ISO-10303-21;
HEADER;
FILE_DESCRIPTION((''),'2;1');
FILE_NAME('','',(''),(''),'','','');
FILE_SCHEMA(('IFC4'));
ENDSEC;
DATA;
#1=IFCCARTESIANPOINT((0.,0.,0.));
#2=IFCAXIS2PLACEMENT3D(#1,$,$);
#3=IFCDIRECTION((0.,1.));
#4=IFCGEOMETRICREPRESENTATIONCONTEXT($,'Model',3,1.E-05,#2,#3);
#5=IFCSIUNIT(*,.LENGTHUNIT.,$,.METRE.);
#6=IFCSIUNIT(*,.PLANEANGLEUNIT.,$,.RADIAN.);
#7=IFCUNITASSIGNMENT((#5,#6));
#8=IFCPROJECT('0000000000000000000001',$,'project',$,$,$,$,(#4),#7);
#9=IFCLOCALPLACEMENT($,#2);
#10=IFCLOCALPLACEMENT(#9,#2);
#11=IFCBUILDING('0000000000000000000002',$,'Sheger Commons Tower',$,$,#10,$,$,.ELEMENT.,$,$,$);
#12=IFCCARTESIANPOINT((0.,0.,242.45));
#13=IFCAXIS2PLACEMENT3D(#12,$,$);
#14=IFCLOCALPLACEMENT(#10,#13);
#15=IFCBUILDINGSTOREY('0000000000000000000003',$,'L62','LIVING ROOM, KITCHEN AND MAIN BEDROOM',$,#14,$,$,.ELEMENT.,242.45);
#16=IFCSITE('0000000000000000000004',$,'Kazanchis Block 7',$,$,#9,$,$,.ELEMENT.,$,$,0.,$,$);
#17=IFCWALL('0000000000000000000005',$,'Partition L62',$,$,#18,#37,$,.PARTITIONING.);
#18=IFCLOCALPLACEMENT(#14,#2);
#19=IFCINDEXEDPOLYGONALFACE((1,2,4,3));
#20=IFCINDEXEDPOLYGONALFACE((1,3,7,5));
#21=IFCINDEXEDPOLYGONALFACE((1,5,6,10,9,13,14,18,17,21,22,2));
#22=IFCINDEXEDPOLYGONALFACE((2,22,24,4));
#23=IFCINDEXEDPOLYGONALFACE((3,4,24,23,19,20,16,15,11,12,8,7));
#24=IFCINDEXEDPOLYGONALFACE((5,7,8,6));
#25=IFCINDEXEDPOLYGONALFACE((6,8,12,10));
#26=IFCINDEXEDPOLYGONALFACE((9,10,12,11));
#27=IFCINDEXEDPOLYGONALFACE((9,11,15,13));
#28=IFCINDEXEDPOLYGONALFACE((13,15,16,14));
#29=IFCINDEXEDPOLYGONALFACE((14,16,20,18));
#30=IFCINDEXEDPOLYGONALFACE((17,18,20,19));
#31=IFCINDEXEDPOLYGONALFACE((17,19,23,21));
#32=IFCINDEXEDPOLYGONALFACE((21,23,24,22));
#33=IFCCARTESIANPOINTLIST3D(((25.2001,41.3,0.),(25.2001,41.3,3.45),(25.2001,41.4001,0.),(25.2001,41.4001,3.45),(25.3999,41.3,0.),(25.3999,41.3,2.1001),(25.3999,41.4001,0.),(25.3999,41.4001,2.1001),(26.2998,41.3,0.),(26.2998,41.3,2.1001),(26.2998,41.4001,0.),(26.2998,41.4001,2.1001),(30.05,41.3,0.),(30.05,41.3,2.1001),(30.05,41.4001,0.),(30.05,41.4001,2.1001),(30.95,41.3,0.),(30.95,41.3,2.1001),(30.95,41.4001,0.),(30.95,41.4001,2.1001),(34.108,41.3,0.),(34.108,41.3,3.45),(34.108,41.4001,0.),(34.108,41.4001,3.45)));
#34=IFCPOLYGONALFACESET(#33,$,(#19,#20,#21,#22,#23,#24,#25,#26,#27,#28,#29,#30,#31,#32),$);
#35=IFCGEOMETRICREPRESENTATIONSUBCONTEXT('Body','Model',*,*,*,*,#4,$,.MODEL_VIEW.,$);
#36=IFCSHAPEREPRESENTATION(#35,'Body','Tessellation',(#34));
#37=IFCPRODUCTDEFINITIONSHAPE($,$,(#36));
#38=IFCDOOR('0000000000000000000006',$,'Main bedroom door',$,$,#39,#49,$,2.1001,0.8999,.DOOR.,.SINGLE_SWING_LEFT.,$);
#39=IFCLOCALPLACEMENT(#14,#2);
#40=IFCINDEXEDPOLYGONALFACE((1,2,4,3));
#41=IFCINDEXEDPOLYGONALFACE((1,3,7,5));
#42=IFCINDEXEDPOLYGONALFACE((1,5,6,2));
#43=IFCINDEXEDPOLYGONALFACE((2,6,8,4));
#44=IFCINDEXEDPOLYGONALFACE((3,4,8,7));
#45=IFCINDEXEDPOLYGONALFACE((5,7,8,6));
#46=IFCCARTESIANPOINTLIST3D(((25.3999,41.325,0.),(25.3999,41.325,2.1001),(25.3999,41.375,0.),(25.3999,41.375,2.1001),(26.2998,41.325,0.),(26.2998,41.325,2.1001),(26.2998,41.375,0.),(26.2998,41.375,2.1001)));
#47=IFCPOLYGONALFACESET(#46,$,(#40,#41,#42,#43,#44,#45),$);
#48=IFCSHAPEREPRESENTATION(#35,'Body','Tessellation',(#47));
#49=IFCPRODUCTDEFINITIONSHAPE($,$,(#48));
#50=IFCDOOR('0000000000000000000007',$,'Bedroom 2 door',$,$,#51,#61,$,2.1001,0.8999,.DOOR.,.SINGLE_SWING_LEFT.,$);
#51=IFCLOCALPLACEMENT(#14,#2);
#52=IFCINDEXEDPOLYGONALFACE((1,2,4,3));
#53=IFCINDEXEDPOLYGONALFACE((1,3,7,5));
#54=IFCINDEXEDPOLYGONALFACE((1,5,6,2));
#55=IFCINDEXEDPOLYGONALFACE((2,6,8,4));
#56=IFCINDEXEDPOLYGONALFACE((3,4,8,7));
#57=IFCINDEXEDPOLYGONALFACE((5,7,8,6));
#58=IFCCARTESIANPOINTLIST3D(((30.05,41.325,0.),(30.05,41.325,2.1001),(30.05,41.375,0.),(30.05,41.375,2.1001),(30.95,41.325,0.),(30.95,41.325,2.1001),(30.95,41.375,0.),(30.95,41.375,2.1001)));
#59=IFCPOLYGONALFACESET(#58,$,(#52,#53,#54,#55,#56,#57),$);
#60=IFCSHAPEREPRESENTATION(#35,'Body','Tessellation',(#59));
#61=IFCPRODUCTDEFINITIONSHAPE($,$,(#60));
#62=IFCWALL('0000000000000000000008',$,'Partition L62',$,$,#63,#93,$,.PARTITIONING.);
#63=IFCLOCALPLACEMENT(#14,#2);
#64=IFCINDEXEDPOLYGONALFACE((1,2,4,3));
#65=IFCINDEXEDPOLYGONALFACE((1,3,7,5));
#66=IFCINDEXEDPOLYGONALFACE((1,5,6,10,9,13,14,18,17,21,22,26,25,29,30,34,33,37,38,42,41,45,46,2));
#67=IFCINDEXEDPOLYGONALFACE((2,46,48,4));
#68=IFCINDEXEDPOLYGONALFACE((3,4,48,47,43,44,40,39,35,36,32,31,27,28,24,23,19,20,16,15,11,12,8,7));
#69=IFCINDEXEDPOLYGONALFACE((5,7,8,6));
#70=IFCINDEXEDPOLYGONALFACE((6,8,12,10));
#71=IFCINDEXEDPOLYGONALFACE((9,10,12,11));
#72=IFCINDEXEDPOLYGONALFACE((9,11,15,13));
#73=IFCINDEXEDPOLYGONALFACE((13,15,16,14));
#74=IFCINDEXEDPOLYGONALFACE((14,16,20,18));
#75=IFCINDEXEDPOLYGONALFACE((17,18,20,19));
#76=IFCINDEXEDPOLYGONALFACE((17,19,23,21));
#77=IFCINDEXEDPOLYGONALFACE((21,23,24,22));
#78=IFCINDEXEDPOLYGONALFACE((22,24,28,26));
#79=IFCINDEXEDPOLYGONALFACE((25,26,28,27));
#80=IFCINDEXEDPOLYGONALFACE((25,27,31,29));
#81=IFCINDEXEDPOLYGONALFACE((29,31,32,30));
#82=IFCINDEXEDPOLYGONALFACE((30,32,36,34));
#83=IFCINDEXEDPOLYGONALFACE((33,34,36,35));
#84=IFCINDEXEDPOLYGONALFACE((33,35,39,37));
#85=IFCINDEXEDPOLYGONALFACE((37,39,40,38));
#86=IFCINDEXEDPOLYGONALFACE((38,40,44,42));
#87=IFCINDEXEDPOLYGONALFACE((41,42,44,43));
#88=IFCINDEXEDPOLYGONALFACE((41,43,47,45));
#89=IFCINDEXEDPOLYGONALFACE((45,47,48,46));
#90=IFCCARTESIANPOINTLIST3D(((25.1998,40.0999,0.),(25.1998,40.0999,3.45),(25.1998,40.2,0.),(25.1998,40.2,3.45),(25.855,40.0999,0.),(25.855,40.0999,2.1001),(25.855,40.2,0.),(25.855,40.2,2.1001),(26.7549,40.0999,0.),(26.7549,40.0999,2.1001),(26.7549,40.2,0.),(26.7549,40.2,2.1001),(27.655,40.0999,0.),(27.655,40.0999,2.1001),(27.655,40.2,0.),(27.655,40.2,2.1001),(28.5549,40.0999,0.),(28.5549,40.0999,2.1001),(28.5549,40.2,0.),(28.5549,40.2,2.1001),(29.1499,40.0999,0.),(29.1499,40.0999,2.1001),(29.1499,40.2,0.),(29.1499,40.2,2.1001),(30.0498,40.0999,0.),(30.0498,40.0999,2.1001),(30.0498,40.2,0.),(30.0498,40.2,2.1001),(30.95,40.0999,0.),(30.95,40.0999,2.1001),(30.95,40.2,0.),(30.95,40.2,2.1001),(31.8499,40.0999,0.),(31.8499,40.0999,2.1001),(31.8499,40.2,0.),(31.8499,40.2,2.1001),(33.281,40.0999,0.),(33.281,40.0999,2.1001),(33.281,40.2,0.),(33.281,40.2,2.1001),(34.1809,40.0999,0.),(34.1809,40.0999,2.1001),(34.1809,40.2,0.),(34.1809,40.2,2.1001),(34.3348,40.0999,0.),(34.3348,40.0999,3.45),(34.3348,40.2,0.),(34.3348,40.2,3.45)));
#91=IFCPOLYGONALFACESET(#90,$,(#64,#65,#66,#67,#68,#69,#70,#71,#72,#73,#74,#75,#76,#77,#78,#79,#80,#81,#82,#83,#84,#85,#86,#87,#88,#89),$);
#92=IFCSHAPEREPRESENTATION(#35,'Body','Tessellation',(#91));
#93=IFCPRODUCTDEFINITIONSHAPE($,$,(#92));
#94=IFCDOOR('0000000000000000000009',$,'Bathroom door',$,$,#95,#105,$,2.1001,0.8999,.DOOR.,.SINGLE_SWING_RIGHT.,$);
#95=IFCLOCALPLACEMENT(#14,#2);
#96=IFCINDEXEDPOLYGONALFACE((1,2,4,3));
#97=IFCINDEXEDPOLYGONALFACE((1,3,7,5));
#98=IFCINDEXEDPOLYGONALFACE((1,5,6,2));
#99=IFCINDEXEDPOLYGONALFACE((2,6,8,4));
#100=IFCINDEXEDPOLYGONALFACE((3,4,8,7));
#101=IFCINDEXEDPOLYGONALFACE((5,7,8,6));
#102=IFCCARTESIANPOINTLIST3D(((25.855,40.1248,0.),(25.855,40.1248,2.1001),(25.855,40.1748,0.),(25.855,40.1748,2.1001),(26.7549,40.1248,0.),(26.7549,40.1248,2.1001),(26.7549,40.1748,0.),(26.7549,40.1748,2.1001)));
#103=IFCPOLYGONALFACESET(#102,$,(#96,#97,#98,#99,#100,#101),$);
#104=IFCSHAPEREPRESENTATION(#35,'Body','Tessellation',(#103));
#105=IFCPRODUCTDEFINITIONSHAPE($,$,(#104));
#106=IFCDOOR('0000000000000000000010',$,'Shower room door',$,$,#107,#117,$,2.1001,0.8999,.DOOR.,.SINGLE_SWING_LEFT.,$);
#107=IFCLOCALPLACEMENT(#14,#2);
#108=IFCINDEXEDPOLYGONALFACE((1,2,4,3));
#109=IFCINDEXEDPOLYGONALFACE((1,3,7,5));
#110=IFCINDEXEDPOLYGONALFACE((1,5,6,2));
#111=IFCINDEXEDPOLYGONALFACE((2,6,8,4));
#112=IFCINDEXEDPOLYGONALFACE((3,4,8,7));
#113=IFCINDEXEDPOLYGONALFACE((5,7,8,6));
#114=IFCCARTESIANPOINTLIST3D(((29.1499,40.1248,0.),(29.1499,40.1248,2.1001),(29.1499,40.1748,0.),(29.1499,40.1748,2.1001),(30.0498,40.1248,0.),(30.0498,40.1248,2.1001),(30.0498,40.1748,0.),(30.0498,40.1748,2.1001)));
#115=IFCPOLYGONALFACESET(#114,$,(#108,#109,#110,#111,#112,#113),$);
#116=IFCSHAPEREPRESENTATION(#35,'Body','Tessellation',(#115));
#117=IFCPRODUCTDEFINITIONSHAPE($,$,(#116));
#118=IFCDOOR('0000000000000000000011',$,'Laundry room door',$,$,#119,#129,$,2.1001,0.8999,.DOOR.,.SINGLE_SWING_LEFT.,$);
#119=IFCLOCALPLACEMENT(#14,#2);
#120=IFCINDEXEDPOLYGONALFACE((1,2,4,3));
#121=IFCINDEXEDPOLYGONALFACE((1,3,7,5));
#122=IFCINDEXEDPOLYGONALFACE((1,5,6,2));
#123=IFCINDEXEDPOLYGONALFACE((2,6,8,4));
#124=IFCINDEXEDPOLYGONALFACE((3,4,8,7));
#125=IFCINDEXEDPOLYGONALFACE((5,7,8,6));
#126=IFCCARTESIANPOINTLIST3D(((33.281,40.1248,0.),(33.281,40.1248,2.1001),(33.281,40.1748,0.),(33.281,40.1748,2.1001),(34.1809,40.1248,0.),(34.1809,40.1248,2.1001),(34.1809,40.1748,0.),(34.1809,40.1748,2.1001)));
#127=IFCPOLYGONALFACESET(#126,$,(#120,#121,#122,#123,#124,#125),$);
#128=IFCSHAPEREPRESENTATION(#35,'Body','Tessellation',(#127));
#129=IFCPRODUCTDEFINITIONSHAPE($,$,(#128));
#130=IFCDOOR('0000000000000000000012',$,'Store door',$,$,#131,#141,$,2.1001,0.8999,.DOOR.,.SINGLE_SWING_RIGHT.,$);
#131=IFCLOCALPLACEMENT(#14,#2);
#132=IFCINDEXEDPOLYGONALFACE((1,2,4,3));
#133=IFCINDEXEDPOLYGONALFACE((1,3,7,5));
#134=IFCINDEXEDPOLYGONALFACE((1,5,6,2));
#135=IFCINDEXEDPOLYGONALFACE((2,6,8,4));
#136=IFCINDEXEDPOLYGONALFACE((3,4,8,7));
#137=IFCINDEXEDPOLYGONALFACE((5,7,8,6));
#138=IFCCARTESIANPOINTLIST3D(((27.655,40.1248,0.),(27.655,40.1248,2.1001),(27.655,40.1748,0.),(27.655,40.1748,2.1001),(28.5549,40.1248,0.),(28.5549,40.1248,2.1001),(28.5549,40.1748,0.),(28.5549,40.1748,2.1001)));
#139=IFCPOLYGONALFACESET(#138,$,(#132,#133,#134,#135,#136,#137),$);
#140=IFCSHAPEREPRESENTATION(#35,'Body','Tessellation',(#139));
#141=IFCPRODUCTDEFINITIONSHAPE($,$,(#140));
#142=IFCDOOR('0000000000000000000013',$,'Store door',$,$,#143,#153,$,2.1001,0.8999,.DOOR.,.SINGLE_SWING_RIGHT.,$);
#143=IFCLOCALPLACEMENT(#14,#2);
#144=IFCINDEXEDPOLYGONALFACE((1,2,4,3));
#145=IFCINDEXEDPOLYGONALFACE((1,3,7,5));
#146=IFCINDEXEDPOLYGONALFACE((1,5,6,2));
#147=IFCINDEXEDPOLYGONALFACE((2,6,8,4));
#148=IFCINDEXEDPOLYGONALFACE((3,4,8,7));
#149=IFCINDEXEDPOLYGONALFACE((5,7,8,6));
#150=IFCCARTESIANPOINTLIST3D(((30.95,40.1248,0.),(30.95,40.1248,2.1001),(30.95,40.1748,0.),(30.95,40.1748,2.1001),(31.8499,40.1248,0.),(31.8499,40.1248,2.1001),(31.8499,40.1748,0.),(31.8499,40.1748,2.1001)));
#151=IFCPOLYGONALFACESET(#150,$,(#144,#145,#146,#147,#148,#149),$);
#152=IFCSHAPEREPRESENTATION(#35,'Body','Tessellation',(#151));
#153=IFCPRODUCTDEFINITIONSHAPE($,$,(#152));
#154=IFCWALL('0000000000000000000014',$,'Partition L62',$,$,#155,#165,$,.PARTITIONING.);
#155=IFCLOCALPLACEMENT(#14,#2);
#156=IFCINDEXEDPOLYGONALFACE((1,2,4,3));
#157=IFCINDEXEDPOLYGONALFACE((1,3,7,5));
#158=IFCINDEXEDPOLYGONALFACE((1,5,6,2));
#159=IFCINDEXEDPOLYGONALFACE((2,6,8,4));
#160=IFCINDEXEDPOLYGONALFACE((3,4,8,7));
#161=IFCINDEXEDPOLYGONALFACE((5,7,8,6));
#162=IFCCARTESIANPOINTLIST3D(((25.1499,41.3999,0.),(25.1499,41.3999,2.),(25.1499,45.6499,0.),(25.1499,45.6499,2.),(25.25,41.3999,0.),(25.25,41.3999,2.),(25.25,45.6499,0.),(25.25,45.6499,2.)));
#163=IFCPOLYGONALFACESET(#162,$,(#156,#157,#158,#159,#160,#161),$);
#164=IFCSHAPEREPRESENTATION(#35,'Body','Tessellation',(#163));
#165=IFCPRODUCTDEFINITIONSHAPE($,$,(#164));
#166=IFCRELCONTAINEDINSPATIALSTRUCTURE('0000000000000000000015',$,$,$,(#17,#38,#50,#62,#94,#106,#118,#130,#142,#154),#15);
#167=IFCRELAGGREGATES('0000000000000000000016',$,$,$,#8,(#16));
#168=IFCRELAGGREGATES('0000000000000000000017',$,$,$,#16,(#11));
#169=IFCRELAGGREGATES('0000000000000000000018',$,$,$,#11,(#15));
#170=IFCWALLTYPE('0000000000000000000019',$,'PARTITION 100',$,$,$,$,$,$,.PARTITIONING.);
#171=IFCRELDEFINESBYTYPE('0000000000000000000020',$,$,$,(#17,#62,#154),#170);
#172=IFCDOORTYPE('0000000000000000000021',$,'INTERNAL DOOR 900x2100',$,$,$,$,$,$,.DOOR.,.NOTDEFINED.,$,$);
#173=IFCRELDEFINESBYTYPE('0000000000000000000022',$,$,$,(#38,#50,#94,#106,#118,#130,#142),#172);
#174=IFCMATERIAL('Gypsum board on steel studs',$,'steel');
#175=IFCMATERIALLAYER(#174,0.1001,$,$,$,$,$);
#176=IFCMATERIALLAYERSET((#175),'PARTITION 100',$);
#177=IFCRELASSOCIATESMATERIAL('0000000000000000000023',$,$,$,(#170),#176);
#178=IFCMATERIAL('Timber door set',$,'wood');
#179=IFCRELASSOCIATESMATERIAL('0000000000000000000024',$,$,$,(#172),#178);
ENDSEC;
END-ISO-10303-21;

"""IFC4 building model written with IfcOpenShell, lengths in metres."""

from ifc_helpers import new_model, si_unit, direction, frame, frame_2d, origin, place, context, subcontext, project, spatial, rectangle, extrude, material, layer, layer_set, type_object, element, fill, save


model = new_model("IFC4")

# Units and contexts
model_context = context("Model", 3, precision=1e-05, world=origin(), true_north=direction((0.0, 1.0)))
body_context = subcontext(model_context, "Body", "Model", "MODEL_VIEW")
ifc_project = project(units=[si_unit("LENGTHUNIT", "METRE"), si_unit("PLANEANGLEUNIT", "RADIAN")], contexts=[model_context])

# Site, building, storey
site_placement = place(None, origin())
site = spatial("IfcSite", under=ifc_project, at=site_placement, Name="Kazanchis Block 7", CompositionType="ELEMENT", RefElevation=0.0)
building_placement = place(site_placement, origin())
building = spatial("IfcBuilding", under=site, at=building_placement, Name="Sheger Commons Tower", CompositionType="ELEMENT")
storey_placement = place(building_placement, frame((0.0, 0.0, 242.45)))
storey = spatial("IfcBuildingStorey", under=building, at=storey_placement, Name="L62", Description="LIVING ROOM, KITCHEN AND MAIN BEDROOM", CompositionType="ELEMENT", Elevation=242.45)

# Walls, openings, doors
ifc_material_1 = material(Name="Gypsum board on steel studs", Category="steel")
ifc_layer_1 = layer(ifc_material_1, 0.1001)
ifc_layer_set_1 = layer_set([ifc_layer_1], Name="PARTITION 100")
wall_type_1 = type_object("IfcWallType", Name="PARTITION 100", PredefinedType="PARTITIONING", material=ifc_layer_set_1)
wall_1_placement = place(storey_placement, frame((25.2, 41.3501, 0.0), z_axis=(0.0, 0.0, 1.0), x_axis=(1.0, 0.0, 0.0)))
wall_1 = element("IfcWall", 1, at=wall_1_placement, inside=storey, type_object=wall_type_1, Name="Partition L62", PredefinedType="PARTITIONING", context=body_context, shape_type="SweptSolid", body=[
    extrude(rectangle(XDim=8.908, YDim=0.1001, at=frame_2d((4.4541, 0.0))), origin(), (0.0, 0.0, 1.0), 3.45),
])
opening_1_placement = place(wall_1_placement, frame((0.2, 0.0, 0.0)))
opening_1 = element("IfcOpeningElement", 2, at=opening_1_placement, cuts=wall_1, PredefinedType="OPENING", context=body_context, shape_type="SweptSolid", body=[
    extrude(rectangle(XDim=0.8999, YDim=2.1001, at=frame_2d((0.45, 1.05))), frame((0.0, 0.0601, 0.0), z_axis=(0.0, -1.0, 0.0), x_axis=(1.0, 0.0, 0.0)), (0.0, 0.0, 1.0), 0.1201),
])
opening_2_placement = place(wall_1_placement, frame((4.8501, 0.0, 0.0)))
opening_2 = element("IfcOpeningElement", 3, at=opening_2_placement, cuts=wall_1, PredefinedType="OPENING", context=body_context, shape_type="SweptSolid", body=[
    extrude(rectangle(XDim=0.8999, YDim=2.1001, at=frame_2d((0.45, 1.05))), frame((0.0, 0.0601, 0.0), z_axis=(0.0, -1.0, 0.0), x_axis=(1.0, 0.0, 0.0)), (0.0, 0.0, 1.0), 0.1201),
])
ifc_material_2 = material(Name="Timber door set", Category="wood")
door_type_1 = type_object("IfcDoorType", Name="INTERNAL DOOR 900x2100", OperationType="NOTDEFINED", PredefinedType="DOOR", material=ifc_material_2)
door_1_placement = place(opening_1_placement, origin())
door_1 = element("IfcDoor", 4, at=door_1_placement, inside=storey, type_object=door_type_1, Name="Main bedroom door", OperationType="SINGLE_SWING_LEFT", OverallHeight=2.1001, OverallWidth=0.8999, PredefinedType="DOOR", context=body_context, shape_type="SweptSolid", body=[
    extrude(rectangle(XDim=0.8999, YDim=2.1001, at=frame_2d((0.45, 1.05))), frame((0.0, 0.0249, 0.0), z_axis=(0.0, -1.0, 0.0), x_axis=(1.0, 0.0, 0.0)), (0.0, 0.0, 1.0), 0.05),
])
fill(opening_1, door_1)
door_2_placement = place(opening_2_placement, origin())
door_2 = element("IfcDoor", 5, at=door_2_placement, inside=storey, type_object=door_type_1, Name="Bedroom 2 door", OperationType="SINGLE_SWING_LEFT", OverallHeight=2.1001, OverallWidth=0.8999, PredefinedType="DOOR", context=body_context, shape_type="SweptSolid", body=[
    extrude(rectangle(XDim=0.8999, YDim=2.1001, at=frame_2d((0.45, 1.05))), frame((0.0, 0.0249, 0.0), z_axis=(0.0, -1.0, 0.0), x_axis=(1.0, 0.0, 0.0)), (0.0, 0.0, 1.0), 0.05),
])
fill(opening_2, door_2)
wall_2_placement = place(storey_placement, frame((25.2, 40.1499, 0.0), z_axis=(0.0, 0.0, 1.0), x_axis=(1.0, 0.0, 0.0)))
wall_2 = element("IfcWall", 6, at=wall_2_placement, inside=storey, type_object=wall_type_1, Name="Partition L62", PredefinedType="PARTITIONING", context=body_context, shape_type="SweptSolid", body=[
    extrude(rectangle(XDim=9.135, YDim=0.1001, at=frame_2d((4.5674, 0.0))), origin(), (0.0, 0.0, 1.0), 3.45),
])
opening_3_placement = place(wall_2_placement, frame((0.655, 0.0, 0.0)))
opening_3 = element("IfcOpeningElement", 7, at=opening_3_placement, cuts=wall_2, PredefinedType="OPENING", context=body_context, shape_type="SweptSolid", body=[
    extrude(rectangle(XDim=0.8999, YDim=2.1001, at=frame_2d((0.45, 1.05))), frame((0.0, 0.0601, 0.0), z_axis=(0.0, -1.0, 0.0), x_axis=(1.0, 0.0, 0.0)), (0.0, 0.0, 1.0), 0.1201),
])
opening_4_placement = place(wall_2_placement, frame((3.95, 0.0, 0.0)))
opening_4 = element("IfcOpeningElement", 8, at=opening_4_placement, cuts=wall_2, PredefinedType="OPENING", context=body_context, shape_type="SweptSolid", body=[
    extrude(rectangle(XDim=0.8999, YDim=2.1001, at=frame_2d((0.45, 1.05))), frame((0.0, 0.0601, 0.0), z_axis=(0.0, -1.0, 0.0), x_axis=(1.0, 0.0, 0.0)), (0.0, 0.0, 1.0), 0.1201),
])
opening_5_placement = place(wall_2_placement, frame((8.0811, 0.0, 0.0)))
opening_5 = element("IfcOpeningElement", 9, at=opening_5_placement, cuts=wall_2, PredefinedType="OPENING", context=body_context, shape_type="SweptSolid", body=[
    extrude(rectangle(XDim=0.8999, YDim=2.1001, at=frame_2d((0.45, 1.05))), frame((0.0, 0.0601, 0.0), z_axis=(0.0, -1.0, 0.0), x_axis=(1.0, 0.0, 0.0)), (0.0, 0.0, 1.0), 0.1201),
])
opening_6_placement = place(wall_2_placement, frame((2.4551, 0.0, 0.0)))
opening_6 = element("IfcOpeningElement", 10, at=opening_6_placement, cuts=wall_2, PredefinedType="OPENING", context=body_context, shape_type="SweptSolid", body=[
    extrude(rectangle(XDim=0.8999, YDim=2.1001, at=frame_2d((0.45, 1.05))), frame((0.0, 0.0601, 0.0), z_axis=(0.0, -1.0, 0.0), x_axis=(1.0, 0.0, 0.0)), (0.0, 0.0, 1.0), 0.1201),
])
opening_7_placement = place(wall_2_placement, frame((5.75, 0.0, 0.0)))
opening_7 = element("IfcOpeningElement", 11, at=opening_7_placement, cuts=wall_2, PredefinedType="OPENING", context=body_context, shape_type="SweptSolid", body=[
    extrude(rectangle(XDim=0.8999, YDim=2.1001, at=frame_2d((0.45, 1.05))), frame((0.0, 0.0601, 0.0), z_axis=(0.0, -1.0, 0.0), x_axis=(1.0, 0.0, 0.0)), (0.0, 0.0, 1.0), 0.1201),
])
door_3_placement = place(opening_3_placement, origin())
door_3 = element("IfcDoor", 12, at=door_3_placement, inside=storey, type_object=door_type_1, Name="Bathroom door", OperationType="SINGLE_SWING_RIGHT", OverallHeight=2.1001, OverallWidth=0.8999, PredefinedType="DOOR", context=body_context, shape_type="SweptSolid", body=[
    extrude(rectangle(XDim=0.8999, YDim=2.1001, at=frame_2d((0.45, 1.05))), frame((0.0, 0.0249, 0.0), z_axis=(0.0, -1.0, 0.0), x_axis=(1.0, 0.0, 0.0)), (0.0, 0.0, 1.0), 0.05),
])
fill(opening_3, door_3)
door_4_placement = place(opening_4_placement, origin())
door_4 = element("IfcDoor", 13, at=door_4_placement, inside=storey, type_object=door_type_1, Name="Shower room door", OperationType="SINGLE_SWING_LEFT", OverallHeight=2.1001, OverallWidth=0.8999, PredefinedType="DOOR", context=body_context, shape_type="SweptSolid", body=[
    extrude(rectangle(XDim=0.8999, YDim=2.1001, at=frame_2d((0.45, 1.05))), frame((0.0, 0.0249, 0.0), z_axis=(0.0, -1.0, 0.0), x_axis=(1.0, 0.0, 0.0)), (0.0, 0.0, 1.0), 0.05),
])
fill(opening_4, door_4)
door_5_placement = place(opening_5_placement, origin())
door_5 = element("IfcDoor", 14, at=door_5_placement, inside=storey, type_object=door_type_1, Name="Laundry room door", OperationType="SINGLE_SWING_LEFT", OverallHeight=2.1001, OverallWidth=0.8999, PredefinedType="DOOR", context=body_context, shape_type="SweptSolid", body=[
    extrude(rectangle(XDim=0.8999, YDim=2.1001, at=frame_2d((0.45, 1.05))), frame((0.0, 0.0249, 0.0), z_axis=(0.0, -1.0, 0.0), x_axis=(1.0, 0.0, 0.0)), (0.0, 0.0, 1.0), 0.05),
])
fill(opening_5, door_5)
door_6_placement = place(opening_6_placement, origin())
door_6 = element("IfcDoor", 15, at=door_6_placement, inside=storey, type_object=door_type_1, Name="Store door", OperationType="SINGLE_SWING_RIGHT", OverallHeight=2.1001, OverallWidth=0.8999, PredefinedType="DOOR", context=body_context, shape_type="SweptSolid", body=[
    extrude(rectangle(XDim=0.8999, YDim=2.1001, at=frame_2d((0.45, 1.05))), frame((0.0, 0.0249, 0.0), z_axis=(0.0, -1.0, 0.0), x_axis=(1.0, 0.0, 0.0)), (0.0, 0.0, 1.0), 0.05),
])
fill(opening_6, door_6)
door_7_placement = place(opening_7_placement, origin())
door_7 = element("IfcDoor", 16, at=door_7_placement, inside=storey, type_object=door_type_1, Name="Store door", OperationType="SINGLE_SWING_RIGHT", OverallHeight=2.1001, OverallWidth=0.8999, PredefinedType="DOOR", context=body_context, shape_type="SweptSolid", body=[
    extrude(rectangle(XDim=0.8999, YDim=2.1001, at=frame_2d((0.45, 1.05))), frame((0.0, 0.0249, 0.0), z_axis=(0.0, -1.0, 0.0), x_axis=(1.0, 0.0, 0.0)), (0.0, 0.0, 1.0), 0.05),
])
fill(opening_7, door_7)

# Wall
wall_3_placement = place(storey_placement, frame((25.2, 41.3999, 0.0), z_axis=(0.0, 0.0, 1.0), x_axis=(0.0, 1.0, 0.0)))
element("IfcWall", 17, at=wall_3_placement, inside=storey, type_object=wall_type_1, Name="Partition L62", PredefinedType="PARTITIONING", context=body_context, shape_type="SweptSolid", body=[
    extrude(rectangle(XDim=4.25, YDim=0.1001, at=frame_2d((2.125, 0.0))), origin(), (0.0, 0.0, 1.0), 2.0),
])

save(model, "model.ifc")
